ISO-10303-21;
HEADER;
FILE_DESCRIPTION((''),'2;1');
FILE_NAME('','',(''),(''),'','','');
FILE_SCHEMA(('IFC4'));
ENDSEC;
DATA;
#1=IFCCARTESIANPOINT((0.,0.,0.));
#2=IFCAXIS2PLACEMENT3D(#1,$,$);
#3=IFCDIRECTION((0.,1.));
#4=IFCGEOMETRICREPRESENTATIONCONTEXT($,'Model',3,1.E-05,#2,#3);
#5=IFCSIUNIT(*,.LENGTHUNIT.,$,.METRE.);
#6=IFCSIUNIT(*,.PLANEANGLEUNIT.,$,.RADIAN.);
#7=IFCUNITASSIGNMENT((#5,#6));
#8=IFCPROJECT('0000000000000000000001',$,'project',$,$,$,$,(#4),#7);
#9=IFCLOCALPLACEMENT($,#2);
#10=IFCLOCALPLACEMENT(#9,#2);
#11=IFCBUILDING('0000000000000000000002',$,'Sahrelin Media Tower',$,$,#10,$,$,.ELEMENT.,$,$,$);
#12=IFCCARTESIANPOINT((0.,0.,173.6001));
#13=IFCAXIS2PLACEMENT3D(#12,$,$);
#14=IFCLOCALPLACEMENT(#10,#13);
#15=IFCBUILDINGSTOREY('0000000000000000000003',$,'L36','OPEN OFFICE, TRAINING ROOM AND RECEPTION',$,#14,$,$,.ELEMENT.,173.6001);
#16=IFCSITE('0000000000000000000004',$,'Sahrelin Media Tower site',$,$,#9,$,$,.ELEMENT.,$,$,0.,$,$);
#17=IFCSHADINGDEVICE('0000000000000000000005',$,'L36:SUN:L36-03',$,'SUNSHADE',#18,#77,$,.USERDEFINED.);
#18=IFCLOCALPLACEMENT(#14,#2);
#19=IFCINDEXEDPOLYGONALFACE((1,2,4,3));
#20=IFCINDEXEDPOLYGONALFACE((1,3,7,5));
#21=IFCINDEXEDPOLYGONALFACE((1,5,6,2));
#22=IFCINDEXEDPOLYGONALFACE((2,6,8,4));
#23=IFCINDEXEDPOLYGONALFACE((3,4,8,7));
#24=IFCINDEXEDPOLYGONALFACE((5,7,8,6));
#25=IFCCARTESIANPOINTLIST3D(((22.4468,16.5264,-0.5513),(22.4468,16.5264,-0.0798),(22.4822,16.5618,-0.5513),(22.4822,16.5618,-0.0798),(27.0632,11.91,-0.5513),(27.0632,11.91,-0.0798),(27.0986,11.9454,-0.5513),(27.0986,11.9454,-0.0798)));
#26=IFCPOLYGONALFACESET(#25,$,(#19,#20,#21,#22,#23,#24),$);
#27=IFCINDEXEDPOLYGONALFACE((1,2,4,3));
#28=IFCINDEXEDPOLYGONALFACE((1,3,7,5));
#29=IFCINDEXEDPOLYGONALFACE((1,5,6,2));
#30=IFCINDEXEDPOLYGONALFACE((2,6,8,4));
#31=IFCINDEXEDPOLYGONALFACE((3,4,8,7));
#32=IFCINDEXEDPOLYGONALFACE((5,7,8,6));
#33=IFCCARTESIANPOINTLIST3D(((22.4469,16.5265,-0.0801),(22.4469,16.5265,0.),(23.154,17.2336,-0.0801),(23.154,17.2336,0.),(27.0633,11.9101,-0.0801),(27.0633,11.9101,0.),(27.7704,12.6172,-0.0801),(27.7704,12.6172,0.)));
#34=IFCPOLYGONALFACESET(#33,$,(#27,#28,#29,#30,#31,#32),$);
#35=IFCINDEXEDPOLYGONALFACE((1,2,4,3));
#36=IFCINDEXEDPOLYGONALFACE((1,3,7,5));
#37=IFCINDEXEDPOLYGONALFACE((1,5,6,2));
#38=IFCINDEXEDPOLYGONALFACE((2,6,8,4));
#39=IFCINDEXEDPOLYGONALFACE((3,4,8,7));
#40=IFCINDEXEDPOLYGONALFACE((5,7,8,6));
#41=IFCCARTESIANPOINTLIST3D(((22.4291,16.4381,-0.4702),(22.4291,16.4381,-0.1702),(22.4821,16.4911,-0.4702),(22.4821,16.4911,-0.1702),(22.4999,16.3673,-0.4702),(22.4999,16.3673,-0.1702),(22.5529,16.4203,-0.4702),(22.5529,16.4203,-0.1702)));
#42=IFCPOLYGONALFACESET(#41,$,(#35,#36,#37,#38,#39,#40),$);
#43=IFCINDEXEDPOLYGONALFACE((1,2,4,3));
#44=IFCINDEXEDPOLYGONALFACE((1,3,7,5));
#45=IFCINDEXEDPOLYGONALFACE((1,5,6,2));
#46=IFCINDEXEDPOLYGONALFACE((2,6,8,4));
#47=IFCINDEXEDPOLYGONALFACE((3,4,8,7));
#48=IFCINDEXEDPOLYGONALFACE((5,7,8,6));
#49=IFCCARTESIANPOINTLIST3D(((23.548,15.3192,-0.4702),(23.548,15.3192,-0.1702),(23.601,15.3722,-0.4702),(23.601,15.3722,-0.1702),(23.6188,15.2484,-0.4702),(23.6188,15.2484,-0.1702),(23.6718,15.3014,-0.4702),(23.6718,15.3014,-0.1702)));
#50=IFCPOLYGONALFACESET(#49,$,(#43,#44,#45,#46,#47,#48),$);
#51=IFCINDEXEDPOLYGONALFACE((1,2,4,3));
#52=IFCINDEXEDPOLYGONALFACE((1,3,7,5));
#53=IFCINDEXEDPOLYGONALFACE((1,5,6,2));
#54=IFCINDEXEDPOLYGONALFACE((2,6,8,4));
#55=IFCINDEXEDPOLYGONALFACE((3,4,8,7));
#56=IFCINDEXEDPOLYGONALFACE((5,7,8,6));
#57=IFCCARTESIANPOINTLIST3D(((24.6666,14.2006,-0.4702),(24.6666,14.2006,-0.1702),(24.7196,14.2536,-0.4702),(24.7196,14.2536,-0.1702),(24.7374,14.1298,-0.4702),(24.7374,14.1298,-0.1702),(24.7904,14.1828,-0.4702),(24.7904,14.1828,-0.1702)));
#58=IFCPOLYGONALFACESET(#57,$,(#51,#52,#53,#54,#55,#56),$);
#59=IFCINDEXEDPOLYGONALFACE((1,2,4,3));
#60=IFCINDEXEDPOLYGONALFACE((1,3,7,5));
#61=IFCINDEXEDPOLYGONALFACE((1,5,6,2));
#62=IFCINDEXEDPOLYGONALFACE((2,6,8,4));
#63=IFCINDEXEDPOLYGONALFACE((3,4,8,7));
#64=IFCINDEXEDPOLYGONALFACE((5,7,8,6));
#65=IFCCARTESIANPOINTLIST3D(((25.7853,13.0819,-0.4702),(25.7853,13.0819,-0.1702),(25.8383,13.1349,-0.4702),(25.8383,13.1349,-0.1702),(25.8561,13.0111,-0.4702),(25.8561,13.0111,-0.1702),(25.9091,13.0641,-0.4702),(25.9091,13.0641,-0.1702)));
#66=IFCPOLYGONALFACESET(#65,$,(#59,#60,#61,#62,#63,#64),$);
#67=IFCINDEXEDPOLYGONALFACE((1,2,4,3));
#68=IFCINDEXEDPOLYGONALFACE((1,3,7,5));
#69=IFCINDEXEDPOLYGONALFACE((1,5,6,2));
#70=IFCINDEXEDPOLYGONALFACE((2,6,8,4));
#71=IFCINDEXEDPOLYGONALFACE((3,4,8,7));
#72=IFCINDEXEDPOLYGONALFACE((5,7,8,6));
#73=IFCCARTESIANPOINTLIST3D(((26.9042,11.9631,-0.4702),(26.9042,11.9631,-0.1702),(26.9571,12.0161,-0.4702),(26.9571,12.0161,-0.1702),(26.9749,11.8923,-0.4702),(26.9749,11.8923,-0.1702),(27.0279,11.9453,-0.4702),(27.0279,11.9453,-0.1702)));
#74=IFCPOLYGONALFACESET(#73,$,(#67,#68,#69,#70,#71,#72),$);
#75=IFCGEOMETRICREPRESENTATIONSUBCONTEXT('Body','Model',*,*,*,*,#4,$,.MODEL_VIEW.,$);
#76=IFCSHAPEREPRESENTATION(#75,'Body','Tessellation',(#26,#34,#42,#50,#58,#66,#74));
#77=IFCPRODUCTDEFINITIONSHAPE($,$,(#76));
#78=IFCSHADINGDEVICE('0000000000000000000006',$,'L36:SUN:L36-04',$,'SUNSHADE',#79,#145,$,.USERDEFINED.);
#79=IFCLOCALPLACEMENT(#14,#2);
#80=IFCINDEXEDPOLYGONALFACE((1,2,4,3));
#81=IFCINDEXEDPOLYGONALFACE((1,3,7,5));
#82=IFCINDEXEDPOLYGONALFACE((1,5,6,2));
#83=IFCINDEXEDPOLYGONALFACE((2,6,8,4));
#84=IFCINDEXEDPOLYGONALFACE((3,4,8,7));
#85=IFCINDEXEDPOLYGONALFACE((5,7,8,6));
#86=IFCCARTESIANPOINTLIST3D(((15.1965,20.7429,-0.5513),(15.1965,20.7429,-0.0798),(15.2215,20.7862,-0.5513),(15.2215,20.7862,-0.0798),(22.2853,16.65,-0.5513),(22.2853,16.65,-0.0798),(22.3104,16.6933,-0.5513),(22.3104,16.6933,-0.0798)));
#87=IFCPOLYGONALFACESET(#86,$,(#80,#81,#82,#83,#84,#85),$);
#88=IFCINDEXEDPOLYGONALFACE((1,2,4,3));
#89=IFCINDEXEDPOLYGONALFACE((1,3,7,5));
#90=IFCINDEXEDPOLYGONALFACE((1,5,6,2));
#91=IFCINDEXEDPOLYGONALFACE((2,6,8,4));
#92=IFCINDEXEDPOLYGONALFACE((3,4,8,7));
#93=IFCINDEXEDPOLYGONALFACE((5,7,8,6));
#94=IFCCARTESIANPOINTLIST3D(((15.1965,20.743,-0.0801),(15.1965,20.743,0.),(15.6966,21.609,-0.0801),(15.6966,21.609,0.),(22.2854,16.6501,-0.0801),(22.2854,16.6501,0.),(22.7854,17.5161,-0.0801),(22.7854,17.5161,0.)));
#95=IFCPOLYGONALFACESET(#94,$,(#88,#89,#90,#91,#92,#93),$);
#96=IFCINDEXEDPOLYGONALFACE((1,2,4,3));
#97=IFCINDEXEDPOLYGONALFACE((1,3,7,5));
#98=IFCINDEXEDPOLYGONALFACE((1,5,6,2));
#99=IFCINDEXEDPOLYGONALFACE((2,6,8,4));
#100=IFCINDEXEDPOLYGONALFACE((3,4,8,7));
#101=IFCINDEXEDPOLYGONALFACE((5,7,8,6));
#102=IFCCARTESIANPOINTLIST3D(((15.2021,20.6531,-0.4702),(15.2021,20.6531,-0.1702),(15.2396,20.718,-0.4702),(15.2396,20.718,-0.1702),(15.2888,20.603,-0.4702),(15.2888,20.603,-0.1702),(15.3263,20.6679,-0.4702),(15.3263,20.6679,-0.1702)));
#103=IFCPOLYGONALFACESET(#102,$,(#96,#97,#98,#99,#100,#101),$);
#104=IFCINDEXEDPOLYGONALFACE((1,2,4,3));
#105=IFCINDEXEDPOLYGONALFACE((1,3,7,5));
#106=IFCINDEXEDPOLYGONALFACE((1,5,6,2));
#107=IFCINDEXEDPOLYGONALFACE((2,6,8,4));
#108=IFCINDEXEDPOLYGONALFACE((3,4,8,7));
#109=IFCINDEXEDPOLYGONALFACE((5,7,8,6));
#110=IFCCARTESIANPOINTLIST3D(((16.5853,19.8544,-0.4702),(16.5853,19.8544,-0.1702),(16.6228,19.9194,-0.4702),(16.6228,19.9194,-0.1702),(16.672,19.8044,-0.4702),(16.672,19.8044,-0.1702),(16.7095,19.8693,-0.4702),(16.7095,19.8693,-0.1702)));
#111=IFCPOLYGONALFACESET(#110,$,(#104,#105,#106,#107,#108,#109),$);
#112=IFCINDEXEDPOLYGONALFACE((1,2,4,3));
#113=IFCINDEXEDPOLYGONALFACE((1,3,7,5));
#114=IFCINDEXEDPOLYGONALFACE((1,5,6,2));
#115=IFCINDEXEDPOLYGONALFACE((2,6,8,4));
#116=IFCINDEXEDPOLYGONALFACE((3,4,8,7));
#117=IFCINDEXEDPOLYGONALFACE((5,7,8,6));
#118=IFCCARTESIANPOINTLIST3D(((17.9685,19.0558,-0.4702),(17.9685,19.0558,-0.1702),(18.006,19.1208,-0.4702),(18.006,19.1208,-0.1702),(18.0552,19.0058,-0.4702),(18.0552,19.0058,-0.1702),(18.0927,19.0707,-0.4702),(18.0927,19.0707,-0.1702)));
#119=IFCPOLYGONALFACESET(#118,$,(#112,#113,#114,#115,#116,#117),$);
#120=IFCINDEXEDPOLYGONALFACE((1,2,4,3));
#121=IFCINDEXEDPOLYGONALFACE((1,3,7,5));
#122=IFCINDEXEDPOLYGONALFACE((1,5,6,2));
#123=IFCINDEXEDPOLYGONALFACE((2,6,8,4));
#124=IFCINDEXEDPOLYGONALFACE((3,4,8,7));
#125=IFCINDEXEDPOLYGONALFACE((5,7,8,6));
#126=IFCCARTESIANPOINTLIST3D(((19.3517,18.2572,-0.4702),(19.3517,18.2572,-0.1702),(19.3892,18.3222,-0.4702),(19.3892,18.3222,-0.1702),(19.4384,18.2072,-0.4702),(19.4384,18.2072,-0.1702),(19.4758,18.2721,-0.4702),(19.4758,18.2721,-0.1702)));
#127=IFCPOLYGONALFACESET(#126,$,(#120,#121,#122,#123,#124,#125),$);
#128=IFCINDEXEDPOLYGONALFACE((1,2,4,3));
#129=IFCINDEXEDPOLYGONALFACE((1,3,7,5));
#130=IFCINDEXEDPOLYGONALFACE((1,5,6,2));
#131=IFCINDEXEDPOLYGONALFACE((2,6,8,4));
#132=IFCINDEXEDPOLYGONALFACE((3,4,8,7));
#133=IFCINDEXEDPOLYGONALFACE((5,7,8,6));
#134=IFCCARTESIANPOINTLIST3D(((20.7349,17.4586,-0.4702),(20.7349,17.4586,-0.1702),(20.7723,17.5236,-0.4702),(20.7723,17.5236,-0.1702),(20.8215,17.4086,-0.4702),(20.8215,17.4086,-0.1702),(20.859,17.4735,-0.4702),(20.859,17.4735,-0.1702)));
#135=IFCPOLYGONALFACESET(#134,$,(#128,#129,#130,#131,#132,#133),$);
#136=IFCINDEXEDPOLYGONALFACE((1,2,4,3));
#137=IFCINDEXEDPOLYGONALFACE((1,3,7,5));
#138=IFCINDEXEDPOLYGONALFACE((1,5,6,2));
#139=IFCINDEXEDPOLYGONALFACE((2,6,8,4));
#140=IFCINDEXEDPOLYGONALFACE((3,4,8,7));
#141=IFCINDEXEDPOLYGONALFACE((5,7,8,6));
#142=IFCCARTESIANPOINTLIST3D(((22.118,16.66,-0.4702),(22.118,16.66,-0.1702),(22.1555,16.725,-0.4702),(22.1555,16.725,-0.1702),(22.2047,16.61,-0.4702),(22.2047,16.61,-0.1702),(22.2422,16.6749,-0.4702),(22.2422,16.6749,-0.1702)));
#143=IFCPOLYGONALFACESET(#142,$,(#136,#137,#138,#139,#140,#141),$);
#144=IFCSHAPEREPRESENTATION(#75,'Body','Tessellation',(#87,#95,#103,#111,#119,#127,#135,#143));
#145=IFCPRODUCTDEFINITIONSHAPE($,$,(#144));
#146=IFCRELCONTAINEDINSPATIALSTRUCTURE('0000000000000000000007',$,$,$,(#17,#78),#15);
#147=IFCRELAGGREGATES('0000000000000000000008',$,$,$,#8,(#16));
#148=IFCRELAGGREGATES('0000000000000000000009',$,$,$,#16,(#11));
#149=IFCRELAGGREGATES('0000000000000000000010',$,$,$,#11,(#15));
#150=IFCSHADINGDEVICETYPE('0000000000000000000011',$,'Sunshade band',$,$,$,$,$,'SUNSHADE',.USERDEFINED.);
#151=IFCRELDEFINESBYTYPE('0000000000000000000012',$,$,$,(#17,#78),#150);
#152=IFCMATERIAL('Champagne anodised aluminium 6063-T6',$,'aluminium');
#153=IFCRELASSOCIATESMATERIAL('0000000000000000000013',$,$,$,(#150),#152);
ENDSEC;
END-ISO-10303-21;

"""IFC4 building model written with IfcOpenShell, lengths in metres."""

from ifc_helpers import new_model, si_unit, direction, frame, origin, origin_2d, place, context, subcontext, project, spatial, rectangle, extrude, material, type_object, element, save


model = new_model("IFC4")

# Units and contexts
model_context = context("Model", 3, precision=1e-05, world=origin(), true_north=direction((0.0, 1.0)))
body_context = subcontext(model_context, "Body", "Model", "MODEL_VIEW")
ifc_project = project(units=[si_unit("LENGTHUNIT", "METRE"), si_unit("PLANEANGLEUNIT", "RADIAN")], contexts=[model_context])

# Site, building, storey
site_placement = place(None, origin())
site = spatial("IfcSite", under=ifc_project, at=site_placement, Name="Sahrelin Media Tower site", CompositionType="ELEMENT", RefElevation=0.0)
building_placement = place(site_placement, origin())
building = spatial("IfcBuilding", under=site, at=building_placement, Name="Sahrelin Media Tower", CompositionType="ELEMENT")
storey_placement = place(building_placement, frame((0.0, 0.0, 173.6001)))
storey = spatial("IfcBuildingStorey", under=building, at=storey_placement, Name="L36", Description="OPEN OFFICE, TRAINING ROOM AND RECEPTION", CompositionType="ELEMENT", Elevation=173.6001)

# Shared definitions
ifc_material_1 = material(Name="Champagne anodised aluminium 6063-T6", Category="aluminium")

# Shading devices
placement_1 = place(storey_placement, frame((24.741, 14.2041, 0.0), z_axis=(0.0, 0.0, 1.0), x_axis=(0.707107, -0.707107, 0.0)))
placement_2 = place(storey_placement, frame((18.731, 18.6792, 0.0), z_axis=(0.0, 0.0, 1.0), x_axis=(0.866019, -0.500011, 0.0)))
shading_device_type_1 = type_object("IfcShadingDeviceType", Name="Sunshade band", ElementType="SUNSHADE", PredefinedType="USERDEFINED", material=ifc_material_1)
element("IfcShadingDevice", 1, at=placement_1, inside=storey, type_object=shading_device_type_1, Name="L36:SUN:L36-03", ObjectType="SUNSHADE", PredefinedType="USERDEFINED", context=body_context, shape_type="SweptSolid", body=[
    extrude(rectangle(XDim=6.5286, YDim=0.05, at=origin_2d()), frame((0.0, 0.0449, -0.5513)), (0.0, 0.0, 1.0), 0.4714),
    extrude(rectangle(XDim=6.5286, YDim=1.0, at=origin_2d()), frame((0.0, 0.52, -0.0801)), (0.0, 0.0, 1.0), 0.0801),
    extrude(rectangle(XDim=0.1001, YDim=0.075, at=origin_2d()), frame((-3.1643, -0.0176, -0.4702)), (0.0, 0.0, 1.0), 0.3),
    extrude(rectangle(XDim=0.1001, YDim=0.075, at=origin_2d()), frame((-1.582, -0.0176, -0.4702)), (0.0, 0.0, 1.0), 0.3),
    extrude(rectangle(XDim=0.1001, YDim=0.075, at=origin_2d()), frame((0.0, -0.0176, -0.4702)), (0.0, 0.0, 1.0), 0.3),
    extrude(rectangle(XDim=0.1001, YDim=0.075, at=origin_2d()), frame((1.582, -0.0176, -0.4702)), (0.0, 0.0, 1.0), 0.3),
    extrude(rectangle(XDim=0.1001, YDim=0.075, at=origin_2d()), frame((3.1643, -0.0176, -0.4702)), (0.0, 0.0, 1.0), 0.3),
])
element("IfcShadingDevice", 2, at=placement_2, inside=storey, type_object=shading_device_type_1, Name="L36:SUN:L36-04", ObjectType="SUNSHADE", PredefinedType="USERDEFINED", context=body_context, shape_type="SweptSolid", body=[
    extrude(rectangle(XDim=8.1855, YDim=0.05, at=origin_2d()), frame((0.0, 0.0449, -0.5513)), (0.0, 0.0, 1.0), 0.4714),
    extrude(rectangle(XDim=8.1855, YDim=1.0, at=origin_2d()), frame((0.0, 0.52, -0.0801)), (0.0, 0.0, 1.0), 0.0801),
    extrude(rectangle(XDim=0.1001, YDim=0.075, at=origin_2d()), frame((-3.9929, -0.0176, -0.4702)), (0.0, 0.0, 1.0), 0.3),
    extrude(rectangle(XDim=0.1001, YDim=0.075, at=origin_2d()), frame((-2.3958, -0.0176, -0.4702)), (0.0, 0.0, 1.0), 0.3),
    extrude(rectangle(XDim=0.1001, YDim=0.075, at=origin_2d()), frame((-0.7986, -0.0176, -0.4702)), (0.0, 0.0, 1.0), 0.3),
    extrude(rectangle(XDim=0.1001, YDim=0.075, at=origin_2d()), frame((0.7986, -0.0176, -0.4702)), (0.0, 0.0, 1.0), 0.3),
    extrude(rectangle(XDim=0.1001, YDim=0.075, at=origin_2d()), frame((2.3958, -0.0176, -0.4702)), (0.0, 0.0, 1.0), 0.3),
    extrude(rectangle(XDim=0.1001, YDim=0.075, at=origin_2d()), frame((3.9929, -0.0176, -0.4702)), (0.0, 0.0, 1.0), 0.3),
])

save(model, "model.ifc")
